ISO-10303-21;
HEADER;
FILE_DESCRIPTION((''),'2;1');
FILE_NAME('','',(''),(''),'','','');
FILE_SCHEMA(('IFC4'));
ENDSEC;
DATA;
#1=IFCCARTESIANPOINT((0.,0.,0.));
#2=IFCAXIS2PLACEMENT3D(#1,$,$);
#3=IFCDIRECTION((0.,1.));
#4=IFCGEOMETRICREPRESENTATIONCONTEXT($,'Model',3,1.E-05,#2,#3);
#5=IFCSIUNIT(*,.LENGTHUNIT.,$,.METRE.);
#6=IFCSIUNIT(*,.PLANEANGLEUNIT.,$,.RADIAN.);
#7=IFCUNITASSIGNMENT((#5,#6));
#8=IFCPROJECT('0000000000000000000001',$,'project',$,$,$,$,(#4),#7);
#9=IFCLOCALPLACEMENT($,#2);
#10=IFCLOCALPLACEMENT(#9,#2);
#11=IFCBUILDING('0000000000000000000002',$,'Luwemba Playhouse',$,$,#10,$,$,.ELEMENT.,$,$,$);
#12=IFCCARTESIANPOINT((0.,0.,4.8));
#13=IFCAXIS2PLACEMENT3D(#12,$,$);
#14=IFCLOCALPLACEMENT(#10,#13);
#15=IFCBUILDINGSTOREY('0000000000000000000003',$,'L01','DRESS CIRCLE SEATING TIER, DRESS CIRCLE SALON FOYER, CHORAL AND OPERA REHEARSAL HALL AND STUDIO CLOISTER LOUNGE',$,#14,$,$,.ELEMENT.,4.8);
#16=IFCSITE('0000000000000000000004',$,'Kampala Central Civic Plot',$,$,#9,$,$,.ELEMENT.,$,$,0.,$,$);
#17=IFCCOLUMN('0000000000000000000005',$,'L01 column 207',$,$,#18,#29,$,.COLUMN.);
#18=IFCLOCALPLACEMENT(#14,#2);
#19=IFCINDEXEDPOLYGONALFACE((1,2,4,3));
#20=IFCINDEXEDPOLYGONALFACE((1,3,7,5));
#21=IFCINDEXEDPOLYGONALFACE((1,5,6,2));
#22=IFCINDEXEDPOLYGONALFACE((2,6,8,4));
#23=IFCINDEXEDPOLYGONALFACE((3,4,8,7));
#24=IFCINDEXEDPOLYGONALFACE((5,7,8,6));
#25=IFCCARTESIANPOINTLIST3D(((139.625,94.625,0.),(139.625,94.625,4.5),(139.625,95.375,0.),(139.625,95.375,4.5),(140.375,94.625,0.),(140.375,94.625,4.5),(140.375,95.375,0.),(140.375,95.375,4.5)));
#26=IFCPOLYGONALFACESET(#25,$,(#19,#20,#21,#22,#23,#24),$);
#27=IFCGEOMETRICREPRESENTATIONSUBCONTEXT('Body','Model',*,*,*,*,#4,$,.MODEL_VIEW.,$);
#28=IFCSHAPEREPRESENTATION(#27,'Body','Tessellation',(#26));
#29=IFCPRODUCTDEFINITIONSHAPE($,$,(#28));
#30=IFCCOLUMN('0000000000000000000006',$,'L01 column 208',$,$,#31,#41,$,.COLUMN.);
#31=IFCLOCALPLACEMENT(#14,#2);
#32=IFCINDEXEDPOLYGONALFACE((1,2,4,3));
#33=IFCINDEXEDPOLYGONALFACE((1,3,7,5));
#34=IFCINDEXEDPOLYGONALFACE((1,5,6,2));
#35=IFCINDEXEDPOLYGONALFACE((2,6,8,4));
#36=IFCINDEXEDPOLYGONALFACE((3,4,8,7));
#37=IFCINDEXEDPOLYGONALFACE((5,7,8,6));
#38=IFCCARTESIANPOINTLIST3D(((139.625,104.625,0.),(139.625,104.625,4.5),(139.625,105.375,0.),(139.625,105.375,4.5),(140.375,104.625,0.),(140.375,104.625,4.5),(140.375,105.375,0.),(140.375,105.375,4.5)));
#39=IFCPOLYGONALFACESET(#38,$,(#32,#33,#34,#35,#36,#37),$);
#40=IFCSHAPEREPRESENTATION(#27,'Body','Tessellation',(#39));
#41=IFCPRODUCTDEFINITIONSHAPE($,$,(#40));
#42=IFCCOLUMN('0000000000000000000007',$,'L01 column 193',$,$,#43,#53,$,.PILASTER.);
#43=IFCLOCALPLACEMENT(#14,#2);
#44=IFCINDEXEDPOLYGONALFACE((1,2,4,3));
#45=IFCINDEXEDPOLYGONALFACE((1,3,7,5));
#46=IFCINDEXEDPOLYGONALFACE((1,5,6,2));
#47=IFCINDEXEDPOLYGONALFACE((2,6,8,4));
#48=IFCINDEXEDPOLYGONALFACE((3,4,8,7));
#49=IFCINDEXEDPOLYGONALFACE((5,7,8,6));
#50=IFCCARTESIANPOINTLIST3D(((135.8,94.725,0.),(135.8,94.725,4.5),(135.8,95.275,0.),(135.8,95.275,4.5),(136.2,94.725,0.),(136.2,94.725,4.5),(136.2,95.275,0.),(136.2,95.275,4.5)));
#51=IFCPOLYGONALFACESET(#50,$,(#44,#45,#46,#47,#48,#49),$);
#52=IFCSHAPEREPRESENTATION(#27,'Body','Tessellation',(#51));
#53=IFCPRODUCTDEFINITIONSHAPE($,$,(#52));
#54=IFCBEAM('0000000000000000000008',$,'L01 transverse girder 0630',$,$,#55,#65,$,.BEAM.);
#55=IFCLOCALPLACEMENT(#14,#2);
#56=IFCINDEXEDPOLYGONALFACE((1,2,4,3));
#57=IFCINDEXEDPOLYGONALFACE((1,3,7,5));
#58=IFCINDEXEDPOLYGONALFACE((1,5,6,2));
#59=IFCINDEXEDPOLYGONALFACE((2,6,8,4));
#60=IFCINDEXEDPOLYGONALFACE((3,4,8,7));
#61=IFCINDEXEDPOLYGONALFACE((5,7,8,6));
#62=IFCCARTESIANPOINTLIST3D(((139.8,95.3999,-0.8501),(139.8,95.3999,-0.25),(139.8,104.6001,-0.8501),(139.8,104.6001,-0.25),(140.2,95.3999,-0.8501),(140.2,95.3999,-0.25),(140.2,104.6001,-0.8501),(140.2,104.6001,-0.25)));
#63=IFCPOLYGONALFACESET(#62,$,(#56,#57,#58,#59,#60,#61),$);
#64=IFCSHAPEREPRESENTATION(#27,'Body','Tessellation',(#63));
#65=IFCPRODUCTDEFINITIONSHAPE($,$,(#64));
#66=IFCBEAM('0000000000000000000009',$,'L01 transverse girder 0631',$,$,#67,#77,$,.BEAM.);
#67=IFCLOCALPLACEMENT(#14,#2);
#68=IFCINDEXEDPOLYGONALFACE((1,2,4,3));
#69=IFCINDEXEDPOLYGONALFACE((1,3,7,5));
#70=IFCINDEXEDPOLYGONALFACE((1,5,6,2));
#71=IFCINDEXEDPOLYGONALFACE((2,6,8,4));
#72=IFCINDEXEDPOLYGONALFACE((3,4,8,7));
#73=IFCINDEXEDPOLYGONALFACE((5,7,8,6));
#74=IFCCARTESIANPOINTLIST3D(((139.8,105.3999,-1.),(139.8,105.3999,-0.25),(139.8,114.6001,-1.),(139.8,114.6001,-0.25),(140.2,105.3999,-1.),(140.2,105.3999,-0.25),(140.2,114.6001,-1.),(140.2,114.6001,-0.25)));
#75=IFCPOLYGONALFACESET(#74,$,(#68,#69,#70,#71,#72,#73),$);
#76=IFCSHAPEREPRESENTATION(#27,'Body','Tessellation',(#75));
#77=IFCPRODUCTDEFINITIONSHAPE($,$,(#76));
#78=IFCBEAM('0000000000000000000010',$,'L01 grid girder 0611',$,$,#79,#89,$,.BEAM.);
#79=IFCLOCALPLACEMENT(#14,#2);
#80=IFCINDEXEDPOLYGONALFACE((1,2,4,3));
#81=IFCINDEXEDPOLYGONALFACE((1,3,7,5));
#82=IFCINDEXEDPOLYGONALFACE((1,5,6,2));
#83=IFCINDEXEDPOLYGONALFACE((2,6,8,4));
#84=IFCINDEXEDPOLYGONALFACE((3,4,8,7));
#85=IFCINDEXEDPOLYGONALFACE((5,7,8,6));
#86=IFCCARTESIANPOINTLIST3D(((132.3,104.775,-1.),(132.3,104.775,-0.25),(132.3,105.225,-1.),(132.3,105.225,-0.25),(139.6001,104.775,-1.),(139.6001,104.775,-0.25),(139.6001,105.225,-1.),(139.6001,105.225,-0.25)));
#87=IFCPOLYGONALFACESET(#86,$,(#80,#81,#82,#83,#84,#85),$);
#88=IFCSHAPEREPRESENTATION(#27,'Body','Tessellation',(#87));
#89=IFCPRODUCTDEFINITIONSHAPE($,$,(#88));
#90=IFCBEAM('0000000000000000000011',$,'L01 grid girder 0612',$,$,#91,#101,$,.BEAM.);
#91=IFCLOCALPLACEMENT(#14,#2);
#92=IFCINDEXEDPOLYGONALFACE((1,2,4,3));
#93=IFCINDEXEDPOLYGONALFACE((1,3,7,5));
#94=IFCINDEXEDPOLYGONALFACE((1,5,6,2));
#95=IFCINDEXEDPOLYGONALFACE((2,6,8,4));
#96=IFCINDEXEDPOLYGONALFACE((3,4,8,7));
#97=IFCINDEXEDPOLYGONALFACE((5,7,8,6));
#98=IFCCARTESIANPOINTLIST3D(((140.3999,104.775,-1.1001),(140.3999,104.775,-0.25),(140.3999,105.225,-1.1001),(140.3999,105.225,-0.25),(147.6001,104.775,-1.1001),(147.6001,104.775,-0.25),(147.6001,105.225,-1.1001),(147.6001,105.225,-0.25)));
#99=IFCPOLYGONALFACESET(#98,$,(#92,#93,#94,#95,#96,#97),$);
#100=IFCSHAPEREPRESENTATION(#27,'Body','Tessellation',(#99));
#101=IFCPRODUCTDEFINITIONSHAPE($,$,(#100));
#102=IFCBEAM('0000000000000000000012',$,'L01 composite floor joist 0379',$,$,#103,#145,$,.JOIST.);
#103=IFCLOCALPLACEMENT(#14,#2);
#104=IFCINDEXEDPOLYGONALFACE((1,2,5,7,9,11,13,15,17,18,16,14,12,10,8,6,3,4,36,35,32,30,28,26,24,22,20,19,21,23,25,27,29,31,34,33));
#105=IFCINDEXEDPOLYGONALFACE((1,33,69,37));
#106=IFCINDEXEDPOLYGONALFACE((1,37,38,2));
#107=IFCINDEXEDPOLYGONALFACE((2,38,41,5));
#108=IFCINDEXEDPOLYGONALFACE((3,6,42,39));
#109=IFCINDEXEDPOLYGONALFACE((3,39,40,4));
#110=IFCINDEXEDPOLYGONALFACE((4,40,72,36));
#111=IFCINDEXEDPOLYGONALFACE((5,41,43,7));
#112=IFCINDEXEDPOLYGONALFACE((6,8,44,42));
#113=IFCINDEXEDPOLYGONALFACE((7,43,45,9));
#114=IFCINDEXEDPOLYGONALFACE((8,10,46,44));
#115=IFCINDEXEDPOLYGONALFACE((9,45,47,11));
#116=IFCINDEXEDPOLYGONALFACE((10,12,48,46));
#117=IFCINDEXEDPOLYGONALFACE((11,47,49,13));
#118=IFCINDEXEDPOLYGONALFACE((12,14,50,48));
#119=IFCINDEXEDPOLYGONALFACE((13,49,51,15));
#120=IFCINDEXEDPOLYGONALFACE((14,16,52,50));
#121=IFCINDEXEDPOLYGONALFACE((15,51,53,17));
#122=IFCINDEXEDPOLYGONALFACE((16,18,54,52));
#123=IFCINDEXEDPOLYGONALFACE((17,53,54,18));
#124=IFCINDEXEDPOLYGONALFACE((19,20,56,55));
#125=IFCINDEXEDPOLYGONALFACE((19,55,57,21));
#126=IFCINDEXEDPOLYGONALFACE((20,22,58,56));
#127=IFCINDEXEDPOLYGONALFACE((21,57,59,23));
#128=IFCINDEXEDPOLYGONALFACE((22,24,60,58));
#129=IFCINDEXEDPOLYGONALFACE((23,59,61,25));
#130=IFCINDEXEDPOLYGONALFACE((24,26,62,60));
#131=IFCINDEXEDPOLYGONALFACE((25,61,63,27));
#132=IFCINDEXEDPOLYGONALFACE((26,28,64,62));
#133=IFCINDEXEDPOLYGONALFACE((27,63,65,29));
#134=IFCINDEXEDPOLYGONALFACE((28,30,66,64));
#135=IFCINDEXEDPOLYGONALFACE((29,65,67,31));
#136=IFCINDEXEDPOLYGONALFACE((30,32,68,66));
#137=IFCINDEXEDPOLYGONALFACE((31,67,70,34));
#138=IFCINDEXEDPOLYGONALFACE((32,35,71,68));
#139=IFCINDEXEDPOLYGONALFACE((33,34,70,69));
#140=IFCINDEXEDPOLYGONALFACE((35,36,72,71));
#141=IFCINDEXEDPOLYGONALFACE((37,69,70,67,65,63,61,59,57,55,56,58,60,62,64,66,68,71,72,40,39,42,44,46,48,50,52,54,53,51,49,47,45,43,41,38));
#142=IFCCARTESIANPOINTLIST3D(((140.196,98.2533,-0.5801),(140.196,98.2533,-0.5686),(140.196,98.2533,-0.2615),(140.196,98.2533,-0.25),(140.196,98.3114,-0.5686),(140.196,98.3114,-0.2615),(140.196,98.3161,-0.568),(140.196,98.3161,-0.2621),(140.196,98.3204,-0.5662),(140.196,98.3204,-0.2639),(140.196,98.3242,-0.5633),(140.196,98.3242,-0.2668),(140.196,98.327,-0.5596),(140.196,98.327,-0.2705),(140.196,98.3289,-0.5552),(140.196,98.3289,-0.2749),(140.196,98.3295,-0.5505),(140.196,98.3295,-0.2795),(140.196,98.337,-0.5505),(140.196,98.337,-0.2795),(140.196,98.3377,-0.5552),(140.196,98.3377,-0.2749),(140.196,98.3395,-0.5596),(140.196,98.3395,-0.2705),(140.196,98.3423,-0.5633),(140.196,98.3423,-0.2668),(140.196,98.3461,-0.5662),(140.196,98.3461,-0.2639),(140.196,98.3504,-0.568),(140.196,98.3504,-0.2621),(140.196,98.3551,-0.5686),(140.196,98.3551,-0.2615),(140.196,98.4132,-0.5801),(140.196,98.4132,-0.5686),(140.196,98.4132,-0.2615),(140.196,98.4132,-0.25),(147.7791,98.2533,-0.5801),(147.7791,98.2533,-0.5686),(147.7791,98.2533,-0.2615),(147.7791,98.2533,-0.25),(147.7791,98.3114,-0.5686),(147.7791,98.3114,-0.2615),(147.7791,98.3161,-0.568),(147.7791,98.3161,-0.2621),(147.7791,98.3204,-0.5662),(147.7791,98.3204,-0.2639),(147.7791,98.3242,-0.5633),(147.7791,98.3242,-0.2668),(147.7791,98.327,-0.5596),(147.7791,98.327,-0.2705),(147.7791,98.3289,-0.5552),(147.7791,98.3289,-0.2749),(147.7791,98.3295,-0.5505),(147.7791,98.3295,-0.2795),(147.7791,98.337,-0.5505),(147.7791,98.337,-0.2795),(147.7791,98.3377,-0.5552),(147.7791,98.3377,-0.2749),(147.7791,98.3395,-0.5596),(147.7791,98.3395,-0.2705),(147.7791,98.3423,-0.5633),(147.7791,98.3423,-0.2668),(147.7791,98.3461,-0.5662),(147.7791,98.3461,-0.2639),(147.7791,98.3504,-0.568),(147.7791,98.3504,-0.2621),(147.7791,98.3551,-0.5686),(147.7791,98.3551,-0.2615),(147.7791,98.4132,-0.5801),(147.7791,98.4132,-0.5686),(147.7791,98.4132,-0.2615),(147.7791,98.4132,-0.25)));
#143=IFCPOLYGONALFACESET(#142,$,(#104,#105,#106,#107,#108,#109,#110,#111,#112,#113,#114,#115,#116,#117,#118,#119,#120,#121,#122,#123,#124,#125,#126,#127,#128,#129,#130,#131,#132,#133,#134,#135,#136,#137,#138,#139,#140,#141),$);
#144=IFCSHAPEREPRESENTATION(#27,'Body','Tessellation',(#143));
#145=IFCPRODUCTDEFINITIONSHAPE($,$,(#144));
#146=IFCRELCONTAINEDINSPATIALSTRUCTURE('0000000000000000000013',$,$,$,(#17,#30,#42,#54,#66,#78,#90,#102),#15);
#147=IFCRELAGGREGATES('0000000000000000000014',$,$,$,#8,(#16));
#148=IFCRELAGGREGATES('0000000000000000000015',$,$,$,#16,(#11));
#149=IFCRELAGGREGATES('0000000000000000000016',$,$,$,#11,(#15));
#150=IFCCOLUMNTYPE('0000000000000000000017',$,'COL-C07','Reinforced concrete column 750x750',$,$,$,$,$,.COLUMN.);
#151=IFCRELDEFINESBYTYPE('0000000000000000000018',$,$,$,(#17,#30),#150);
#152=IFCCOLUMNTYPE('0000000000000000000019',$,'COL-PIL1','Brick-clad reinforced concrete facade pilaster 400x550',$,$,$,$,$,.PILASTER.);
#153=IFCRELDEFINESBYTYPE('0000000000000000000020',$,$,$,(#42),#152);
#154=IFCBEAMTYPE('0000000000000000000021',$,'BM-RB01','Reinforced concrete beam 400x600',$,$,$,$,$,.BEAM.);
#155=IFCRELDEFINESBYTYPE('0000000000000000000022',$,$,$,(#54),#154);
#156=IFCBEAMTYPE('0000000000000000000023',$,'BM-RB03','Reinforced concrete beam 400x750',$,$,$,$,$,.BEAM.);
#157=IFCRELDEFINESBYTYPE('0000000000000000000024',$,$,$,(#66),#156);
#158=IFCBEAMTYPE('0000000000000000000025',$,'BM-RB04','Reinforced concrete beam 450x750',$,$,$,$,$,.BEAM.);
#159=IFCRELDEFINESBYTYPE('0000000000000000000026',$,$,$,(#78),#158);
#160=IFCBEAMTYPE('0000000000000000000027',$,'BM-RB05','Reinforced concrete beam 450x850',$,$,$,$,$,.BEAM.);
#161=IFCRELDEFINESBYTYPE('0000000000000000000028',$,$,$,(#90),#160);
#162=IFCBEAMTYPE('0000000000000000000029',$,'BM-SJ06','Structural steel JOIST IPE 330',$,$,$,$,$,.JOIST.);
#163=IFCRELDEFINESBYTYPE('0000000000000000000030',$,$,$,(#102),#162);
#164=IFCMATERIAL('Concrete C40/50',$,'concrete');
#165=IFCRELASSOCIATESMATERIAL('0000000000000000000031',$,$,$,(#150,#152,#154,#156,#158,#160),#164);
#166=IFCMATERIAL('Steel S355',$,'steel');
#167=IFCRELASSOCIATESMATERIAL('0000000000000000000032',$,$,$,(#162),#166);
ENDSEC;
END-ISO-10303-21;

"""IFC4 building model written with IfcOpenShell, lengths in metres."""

from ifc_helpers import new_model, si_unit, direction, frame, origin, origin_2d, place, context, subcontext, project, spatial, rectangle, i_section, extrude, material, material_profile, profile_set, type_object, element, save


model = new_model("IFC4")

# Units and contexts
model_context = context("Model", 3, precision=1e-05, world=origin(), true_north=direction((0.0, 1.0)))
body_context = subcontext(model_context, "Body", "Model", "MODEL_VIEW")
ifc_project = project(units=[si_unit("LENGTHUNIT", "METRE"), si_unit("PLANEANGLEUNIT", "RADIAN")], contexts=[model_context])

# Site, building, storey
site_placement = place(None, origin())
site = spatial("IfcSite", under=ifc_project, at=site_placement, Name="Kampala Central Civic Plot", CompositionType="ELEMENT", RefElevation=0.0)
building_placement = place(site_placement, origin())
building = spatial("IfcBuilding", under=site, at=building_placement, Name="Luwemba Playhouse", CompositionType="ELEMENT")
storey_placement = place(building_placement, frame((0.0, 0.0, 4.8)))
storey = spatial("IfcBuildingStorey", under=building, at=storey_placement, Name="L01", Description="DRESS CIRCLE SEATING TIER, DRESS CIRCLE SALON FOYER, CHORAL AND OPERA REHEARSAL HALL AND STUDIO CLOISTER LOUNGE", CompositionType="ELEMENT", Elevation=4.8)

# Columns
ifc_material_1 = material(Name="Concrete C40/50", Category="concrete")
ifc_material_profile_1 = material_profile(ifc_material_1, rectangle(XDim=0.75, YDim=0.75, at=origin_2d()))
ifc_profile_set_1 = profile_set([ifc_material_profile_1], Name="Concrete C40/50")
column_type_1 = type_object("IfcColumnType", Name="COL-C07", Description="Reinforced concrete column 750x750", PredefinedType="COLUMN", material=ifc_profile_set_1)
for number, where, z_axis, x_axis, name in (
    (1, (140.0, 95.0, 0.0), (0.0, 0.0, 1.0), (1.0, 0.0, 0.0), "L01 column 207"),
    (2, (140.0, 105.0, 0.0), (0.0, 0.0, 1.0), (1.0, 0.0, 0.0), "L01 column 208"),
):
    element("IfcColumn", number, at=place(storey_placement, frame(where, z_axis=z_axis, x_axis=x_axis)), inside=storey, type_object=column_type_1, Name=name, PredefinedType="COLUMN", context=body_context, shape_type="SweptSolid", body=[
        extrude(rectangle(XDim=0.75, YDim=0.75, at=origin_2d()), origin(), (0.0, 0.0, 1.0), 4.5),
    ])
ifc_material_profile_2 = material_profile(ifc_material_1, rectangle(XDim=0.3999, YDim=0.55, at=origin_2d()))
ifc_profile_set_2 = profile_set([ifc_material_profile_2], Name="Concrete C40/50")
column_type_2 = type_object("IfcColumnType", Name="COL-PIL1", Description="Brick-clad reinforced concrete facade pilaster 400x550", PredefinedType="PILASTER", material=ifc_profile_set_2)
column_placement = place(storey_placement, frame((136.0, 95.0, 0.0), z_axis=(0.0, 0.0, 1.0), x_axis=(1.0, 0.0, 0.0)))
element("IfcColumn", 3, at=column_placement, inside=storey, type_object=column_type_2, Name="L01 column 193", PredefinedType="PILASTER", context=body_context, shape_type="SweptSolid", body=[
    extrude(rectangle(XDim=0.3999, YDim=0.55, at=origin_2d()), origin(), (0.0, 0.0, 1.0), 4.5),
])

# Beams
ifc_material_profile_3 = material_profile(ifc_material_1, rectangle(XDim=0.3999, YDim=0.6001, at=origin_2d()))
ifc_profile_set_3 = profile_set([ifc_material_profile_3], Name="Concrete C40/50")
beam_type_1 = type_object("IfcBeamType", Name="BM-RB01", Description="Reinforced concrete beam 400x600", PredefinedType="BEAM", material=ifc_profile_set_3)
beam_1_placement = place(storey_placement, frame((140.0, 95.3999, -0.55), z_axis=(0.0, 1.0, 0.0), x_axis=(-1.0, 0.0, 0.0)))
element("IfcBeam", 4, at=beam_1_placement, inside=storey, type_object=beam_type_1, Name="L01 transverse girder 0630", PredefinedType="BEAM", context=body_context, shape_type="SweptSolid", body=[
    extrude(rectangle(XDim=0.3999, YDim=0.6001, at=origin_2d()), origin(), (0.0, 0.0, 1.0), 9.2002),
])
ifc_material_profile_4 = material_profile(ifc_material_1, rectangle(XDim=0.3999, YDim=0.75, at=origin_2d()))
ifc_profile_set_4 = profile_set([ifc_material_profile_4], Name="Concrete C40/50")
beam_type_2 = type_object("IfcBeamType", Name="BM-RB03", Description="Reinforced concrete beam 400x750", PredefinedType="BEAM", material=ifc_profile_set_4)
beam_2_placement = place(storey_placement, frame((140.0, 105.3999, -0.625), z_axis=(0.0, 1.0, 0.0), x_axis=(-1.0, 0.0, 0.0)))
element("IfcBeam", 5, at=beam_2_placement, inside=storey, type_object=beam_type_2, Name="L01 transverse girder 0631", PredefinedType="BEAM", context=body_context, shape_type="SweptSolid", body=[
    extrude(rectangle(XDim=0.3999, YDim=0.75, at=origin_2d()), origin(), (0.0, 0.0, 1.0), 9.2002),
])
ifc_material_profile_5 = material_profile(ifc_material_1, rectangle(XDim=0.45, YDim=0.75, at=origin_2d()))
ifc_profile_set_5 = profile_set([ifc_material_profile_5], Name="Concrete C40/50")
beam_type_3 = type_object("IfcBeamType", Name="BM-RB04", Description="Reinforced concrete beam 450x750", PredefinedType="BEAM", material=ifc_profile_set_5)
beam_3_placement = place(storey_placement, frame((132.3, 105.0, -0.625), z_axis=(1.0, 0.0, 0.0), x_axis=(0.0, 1.0, 0.0)))
element("IfcBeam", 6, at=beam_3_placement, inside=storey, type_object=beam_type_3, Name="L01 grid girder 0611", PredefinedType="BEAM", context=body_context, shape_type="SweptSolid", body=[
    extrude(rectangle(XDim=0.45, YDim=0.75, at=origin_2d()), origin(), (0.0, 0.0, 1.0), 7.3),
])
ifc_material_profile_6 = material_profile(ifc_material_1, rectangle(XDim=0.45, YDim=0.8501, at=origin_2d()))
ifc_profile_set_6 = profile_set([ifc_material_profile_6], Name="Concrete C40/50")
beam_type_4 = type_object("IfcBeamType", Name="BM-RB05", Description="Reinforced concrete beam 450x850", PredefinedType="BEAM", material=ifc_profile_set_6)
beam_4_placement = place(storey_placement, frame((140.3999, 105.0, -0.675), z_axis=(1.0, 0.0, 0.0), x_axis=(0.0, 1.0, 0.0)))
element("IfcBeam", 7, at=beam_4_placement, inside=storey, type_object=beam_type_4, Name="L01 grid girder 0612", PredefinedType="BEAM", context=body_context, shape_type="SweptSolid", body=[
    extrude(rectangle(XDim=0.45, YDim=0.8501, at=origin_2d()), origin(), (0.0, 0.0, 1.0), 7.2002),
])
ifc_material_2 = material(Name="Steel S355", Category="steel")
ifc_material_profile_7 = material_profile(ifc_material_2, i_section(OverallWidth=0.1599, OverallDepth=0.3301, WebThickness=0.0076, FlangeThickness=0.0115, FilletRadius=0.0181, at=origin_2d()))
ifc_profile_set_7 = profile_set([ifc_material_profile_7], Name="Steel S355")
beam_type_5 = type_object("IfcBeamType", Name="BM-SJ06", Description="Structural steel JOIST IPE 330", PredefinedType="JOIST", material=ifc_profile_set_7)
beam_5_placement = place(storey_placement, frame((140.196, 98.3333, -0.415), z_axis=(1.0, 0.0, 0.0), x_axis=(0.0, 1.0, 0.0)))
element("IfcBeam", 8, at=beam_5_placement, inside=storey, type_object=beam_type_5, Name="L01 composite floor joist 0379", PredefinedType="JOIST", context=body_context, shape_type="SweptSolid", body=[
    extrude(i_section(OverallWidth=0.1599, OverallDepth=0.3301, WebThickness=0.0076, FlangeThickness=0.0115, FilletRadius=0.0181, at=origin_2d()), origin(), (0.0, 0.0, 1.0), 7.583),
])

save(model, "model.ifc")
